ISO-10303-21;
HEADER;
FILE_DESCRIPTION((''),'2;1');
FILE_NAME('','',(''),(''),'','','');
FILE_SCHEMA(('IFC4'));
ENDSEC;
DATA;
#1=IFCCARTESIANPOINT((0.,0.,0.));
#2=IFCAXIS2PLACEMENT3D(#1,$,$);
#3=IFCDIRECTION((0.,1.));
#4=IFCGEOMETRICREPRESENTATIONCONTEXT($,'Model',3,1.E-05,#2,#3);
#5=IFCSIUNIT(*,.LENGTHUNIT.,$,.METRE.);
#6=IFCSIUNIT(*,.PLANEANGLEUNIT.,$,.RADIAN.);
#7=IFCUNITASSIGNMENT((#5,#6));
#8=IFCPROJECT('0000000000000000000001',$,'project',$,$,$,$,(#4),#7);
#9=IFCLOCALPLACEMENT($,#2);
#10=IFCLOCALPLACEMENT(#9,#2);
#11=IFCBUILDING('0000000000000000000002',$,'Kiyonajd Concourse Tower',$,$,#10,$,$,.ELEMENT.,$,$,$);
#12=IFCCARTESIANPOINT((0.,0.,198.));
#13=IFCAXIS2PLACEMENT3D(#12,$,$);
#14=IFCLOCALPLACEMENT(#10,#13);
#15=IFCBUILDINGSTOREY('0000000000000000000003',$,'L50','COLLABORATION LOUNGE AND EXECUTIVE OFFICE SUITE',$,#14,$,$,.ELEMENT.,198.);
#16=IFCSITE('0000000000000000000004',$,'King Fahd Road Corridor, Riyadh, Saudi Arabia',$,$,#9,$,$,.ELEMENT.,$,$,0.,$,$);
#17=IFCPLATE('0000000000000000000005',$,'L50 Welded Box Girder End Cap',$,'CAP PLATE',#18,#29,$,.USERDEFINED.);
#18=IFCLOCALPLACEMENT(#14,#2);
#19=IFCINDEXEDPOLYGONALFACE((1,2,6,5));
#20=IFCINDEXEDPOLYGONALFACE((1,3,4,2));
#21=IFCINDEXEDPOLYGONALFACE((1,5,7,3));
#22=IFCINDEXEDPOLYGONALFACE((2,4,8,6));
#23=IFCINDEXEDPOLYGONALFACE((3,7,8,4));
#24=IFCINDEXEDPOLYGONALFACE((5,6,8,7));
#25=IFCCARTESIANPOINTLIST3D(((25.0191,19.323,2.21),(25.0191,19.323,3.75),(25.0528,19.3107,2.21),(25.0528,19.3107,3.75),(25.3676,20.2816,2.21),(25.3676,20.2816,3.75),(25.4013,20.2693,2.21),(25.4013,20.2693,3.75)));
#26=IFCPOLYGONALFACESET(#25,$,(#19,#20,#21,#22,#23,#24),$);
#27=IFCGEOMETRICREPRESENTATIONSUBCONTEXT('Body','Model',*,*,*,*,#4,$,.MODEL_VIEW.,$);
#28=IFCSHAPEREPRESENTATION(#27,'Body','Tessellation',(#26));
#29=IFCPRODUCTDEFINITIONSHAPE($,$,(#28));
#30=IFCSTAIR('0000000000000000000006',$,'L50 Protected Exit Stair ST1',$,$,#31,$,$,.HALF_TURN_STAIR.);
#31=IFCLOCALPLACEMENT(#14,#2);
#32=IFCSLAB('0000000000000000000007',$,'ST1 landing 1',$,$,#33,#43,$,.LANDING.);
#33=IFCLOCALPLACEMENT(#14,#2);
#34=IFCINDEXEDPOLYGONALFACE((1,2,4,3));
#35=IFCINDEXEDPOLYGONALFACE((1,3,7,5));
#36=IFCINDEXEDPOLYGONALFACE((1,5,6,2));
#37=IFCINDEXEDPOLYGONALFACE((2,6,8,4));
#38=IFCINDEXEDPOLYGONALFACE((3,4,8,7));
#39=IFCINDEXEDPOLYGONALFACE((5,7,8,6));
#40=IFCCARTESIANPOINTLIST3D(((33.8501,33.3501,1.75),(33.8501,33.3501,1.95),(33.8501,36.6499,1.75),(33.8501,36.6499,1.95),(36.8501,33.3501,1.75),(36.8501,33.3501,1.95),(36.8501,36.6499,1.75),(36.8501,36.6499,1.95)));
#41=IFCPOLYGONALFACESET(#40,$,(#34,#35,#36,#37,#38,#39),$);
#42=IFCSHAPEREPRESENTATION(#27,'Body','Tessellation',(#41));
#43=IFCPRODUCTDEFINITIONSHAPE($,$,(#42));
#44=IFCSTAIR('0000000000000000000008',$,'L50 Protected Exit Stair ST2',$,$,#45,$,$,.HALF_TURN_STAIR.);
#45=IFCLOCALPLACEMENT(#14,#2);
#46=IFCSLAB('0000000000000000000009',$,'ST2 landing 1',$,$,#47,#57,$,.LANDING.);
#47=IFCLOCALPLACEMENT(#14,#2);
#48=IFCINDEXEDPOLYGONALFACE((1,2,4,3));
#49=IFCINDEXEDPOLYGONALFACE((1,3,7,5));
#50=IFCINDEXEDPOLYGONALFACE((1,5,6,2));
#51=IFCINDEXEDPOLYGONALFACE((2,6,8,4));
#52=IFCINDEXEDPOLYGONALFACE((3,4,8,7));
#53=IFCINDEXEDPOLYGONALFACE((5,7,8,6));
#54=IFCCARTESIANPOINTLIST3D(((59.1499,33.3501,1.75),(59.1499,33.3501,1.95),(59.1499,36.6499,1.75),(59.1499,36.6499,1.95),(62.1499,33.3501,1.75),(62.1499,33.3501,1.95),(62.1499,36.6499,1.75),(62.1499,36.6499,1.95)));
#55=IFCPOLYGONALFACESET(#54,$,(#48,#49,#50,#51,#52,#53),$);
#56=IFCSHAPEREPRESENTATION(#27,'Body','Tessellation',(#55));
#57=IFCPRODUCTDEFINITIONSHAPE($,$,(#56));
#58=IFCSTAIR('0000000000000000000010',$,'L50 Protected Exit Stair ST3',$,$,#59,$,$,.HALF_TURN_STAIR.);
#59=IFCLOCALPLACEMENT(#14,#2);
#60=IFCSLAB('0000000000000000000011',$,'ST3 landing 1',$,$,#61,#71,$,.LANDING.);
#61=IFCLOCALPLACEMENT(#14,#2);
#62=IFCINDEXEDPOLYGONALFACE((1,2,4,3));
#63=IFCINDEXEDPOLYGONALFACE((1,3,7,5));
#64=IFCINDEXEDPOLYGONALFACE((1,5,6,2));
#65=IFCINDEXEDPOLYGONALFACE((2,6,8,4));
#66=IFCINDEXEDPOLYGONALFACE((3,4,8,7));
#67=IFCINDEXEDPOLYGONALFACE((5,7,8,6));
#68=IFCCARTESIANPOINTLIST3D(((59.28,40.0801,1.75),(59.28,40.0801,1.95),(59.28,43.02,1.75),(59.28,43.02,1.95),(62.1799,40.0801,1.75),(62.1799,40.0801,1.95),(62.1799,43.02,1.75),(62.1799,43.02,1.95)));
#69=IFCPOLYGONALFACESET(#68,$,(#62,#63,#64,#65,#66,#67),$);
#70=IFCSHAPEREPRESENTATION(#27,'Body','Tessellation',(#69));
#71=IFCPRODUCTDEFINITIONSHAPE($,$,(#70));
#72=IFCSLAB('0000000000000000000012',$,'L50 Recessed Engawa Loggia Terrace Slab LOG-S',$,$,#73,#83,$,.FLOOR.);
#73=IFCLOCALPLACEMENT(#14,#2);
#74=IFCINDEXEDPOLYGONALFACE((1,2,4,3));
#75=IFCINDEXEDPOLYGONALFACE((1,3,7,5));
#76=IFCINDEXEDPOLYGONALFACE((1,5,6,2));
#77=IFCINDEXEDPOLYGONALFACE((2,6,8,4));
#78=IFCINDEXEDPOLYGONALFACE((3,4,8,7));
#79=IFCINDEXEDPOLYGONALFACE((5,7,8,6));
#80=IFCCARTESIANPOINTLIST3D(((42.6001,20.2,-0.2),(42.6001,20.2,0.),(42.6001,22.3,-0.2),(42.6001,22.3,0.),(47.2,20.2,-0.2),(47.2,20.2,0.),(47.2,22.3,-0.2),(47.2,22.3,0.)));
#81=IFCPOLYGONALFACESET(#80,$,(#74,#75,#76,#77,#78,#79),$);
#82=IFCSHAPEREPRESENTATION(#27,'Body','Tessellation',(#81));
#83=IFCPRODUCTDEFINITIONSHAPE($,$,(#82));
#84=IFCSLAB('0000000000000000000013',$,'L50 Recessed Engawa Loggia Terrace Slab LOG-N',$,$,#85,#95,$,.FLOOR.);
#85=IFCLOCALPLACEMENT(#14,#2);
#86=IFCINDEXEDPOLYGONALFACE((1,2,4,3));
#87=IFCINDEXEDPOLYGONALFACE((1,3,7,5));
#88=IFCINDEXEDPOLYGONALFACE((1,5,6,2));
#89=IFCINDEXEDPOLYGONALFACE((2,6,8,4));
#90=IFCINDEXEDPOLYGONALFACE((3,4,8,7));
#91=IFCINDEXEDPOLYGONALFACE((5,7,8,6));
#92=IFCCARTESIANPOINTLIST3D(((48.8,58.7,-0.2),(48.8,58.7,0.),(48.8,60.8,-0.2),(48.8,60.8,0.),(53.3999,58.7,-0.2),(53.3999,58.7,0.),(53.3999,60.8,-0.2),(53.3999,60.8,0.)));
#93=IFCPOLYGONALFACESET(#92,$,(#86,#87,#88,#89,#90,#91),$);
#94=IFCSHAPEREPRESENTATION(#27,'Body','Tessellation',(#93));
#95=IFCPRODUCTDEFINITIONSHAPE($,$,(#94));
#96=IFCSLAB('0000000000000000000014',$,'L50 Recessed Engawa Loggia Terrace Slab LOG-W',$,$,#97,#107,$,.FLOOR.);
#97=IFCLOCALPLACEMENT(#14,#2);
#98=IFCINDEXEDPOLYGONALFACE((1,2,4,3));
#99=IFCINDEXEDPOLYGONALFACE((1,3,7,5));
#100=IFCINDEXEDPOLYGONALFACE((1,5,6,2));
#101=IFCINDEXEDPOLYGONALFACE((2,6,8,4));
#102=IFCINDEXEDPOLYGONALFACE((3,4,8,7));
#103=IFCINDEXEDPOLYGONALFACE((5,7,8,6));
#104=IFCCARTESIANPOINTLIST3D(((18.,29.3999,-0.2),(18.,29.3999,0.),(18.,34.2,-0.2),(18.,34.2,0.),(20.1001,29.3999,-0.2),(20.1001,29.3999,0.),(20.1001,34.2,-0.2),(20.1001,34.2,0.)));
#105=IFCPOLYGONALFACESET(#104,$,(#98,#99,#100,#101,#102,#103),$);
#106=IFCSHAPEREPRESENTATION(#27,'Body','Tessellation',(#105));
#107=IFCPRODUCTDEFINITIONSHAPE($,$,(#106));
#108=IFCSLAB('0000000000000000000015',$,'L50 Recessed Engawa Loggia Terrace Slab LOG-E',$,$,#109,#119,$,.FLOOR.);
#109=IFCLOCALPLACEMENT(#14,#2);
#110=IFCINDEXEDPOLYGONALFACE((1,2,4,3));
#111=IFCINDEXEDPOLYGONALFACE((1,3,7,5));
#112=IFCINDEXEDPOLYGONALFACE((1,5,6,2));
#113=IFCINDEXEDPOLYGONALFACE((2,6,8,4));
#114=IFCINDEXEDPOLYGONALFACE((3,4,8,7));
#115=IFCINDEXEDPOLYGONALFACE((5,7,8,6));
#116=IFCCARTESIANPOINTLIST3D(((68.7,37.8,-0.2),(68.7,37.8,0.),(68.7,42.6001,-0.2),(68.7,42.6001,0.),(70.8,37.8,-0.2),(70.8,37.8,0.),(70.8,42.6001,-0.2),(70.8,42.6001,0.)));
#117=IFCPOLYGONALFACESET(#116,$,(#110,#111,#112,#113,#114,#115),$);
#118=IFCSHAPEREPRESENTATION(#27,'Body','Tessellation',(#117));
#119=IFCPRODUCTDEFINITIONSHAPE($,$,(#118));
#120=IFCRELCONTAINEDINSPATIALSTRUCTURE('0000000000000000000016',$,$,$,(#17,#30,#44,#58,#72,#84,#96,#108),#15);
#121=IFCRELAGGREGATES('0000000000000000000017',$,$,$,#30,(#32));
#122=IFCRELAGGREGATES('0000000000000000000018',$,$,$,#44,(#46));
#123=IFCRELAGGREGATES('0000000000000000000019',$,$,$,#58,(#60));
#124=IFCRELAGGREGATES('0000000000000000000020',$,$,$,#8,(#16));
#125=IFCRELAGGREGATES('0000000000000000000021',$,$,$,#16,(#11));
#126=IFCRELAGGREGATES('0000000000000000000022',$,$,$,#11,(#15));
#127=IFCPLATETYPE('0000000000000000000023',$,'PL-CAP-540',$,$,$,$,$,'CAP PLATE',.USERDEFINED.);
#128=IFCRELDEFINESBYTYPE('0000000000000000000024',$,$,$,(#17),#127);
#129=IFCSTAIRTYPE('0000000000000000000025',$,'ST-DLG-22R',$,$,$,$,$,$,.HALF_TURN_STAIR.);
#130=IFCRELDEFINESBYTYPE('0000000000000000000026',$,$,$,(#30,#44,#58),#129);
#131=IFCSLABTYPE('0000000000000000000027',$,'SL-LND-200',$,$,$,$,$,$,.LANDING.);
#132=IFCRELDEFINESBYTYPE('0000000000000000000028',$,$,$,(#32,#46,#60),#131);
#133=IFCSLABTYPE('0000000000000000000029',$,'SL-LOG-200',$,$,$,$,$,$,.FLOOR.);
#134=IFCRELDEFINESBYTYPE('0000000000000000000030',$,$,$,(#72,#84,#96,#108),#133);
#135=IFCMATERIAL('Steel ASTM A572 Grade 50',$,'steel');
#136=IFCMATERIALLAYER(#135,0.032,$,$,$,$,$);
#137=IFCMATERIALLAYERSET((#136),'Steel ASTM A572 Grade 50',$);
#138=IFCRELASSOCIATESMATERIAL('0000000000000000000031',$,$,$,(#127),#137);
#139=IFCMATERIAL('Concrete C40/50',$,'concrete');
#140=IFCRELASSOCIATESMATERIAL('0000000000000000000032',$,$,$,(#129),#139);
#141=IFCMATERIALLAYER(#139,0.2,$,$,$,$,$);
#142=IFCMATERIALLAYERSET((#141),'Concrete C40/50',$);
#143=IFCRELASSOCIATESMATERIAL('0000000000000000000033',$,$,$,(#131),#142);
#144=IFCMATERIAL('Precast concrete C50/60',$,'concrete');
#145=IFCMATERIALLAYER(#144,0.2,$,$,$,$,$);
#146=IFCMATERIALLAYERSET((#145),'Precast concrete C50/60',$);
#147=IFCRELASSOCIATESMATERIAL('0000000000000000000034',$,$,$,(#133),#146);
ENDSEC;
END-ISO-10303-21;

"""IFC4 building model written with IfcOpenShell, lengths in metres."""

from ifc_helpers import new_model, si_unit, direction, frame, origin, origin_2d, place, context, subcontext, project, spatial, polyline, rectangle, outline, extrude, material, layer, layer_set, type_object, element, aggregate, save


model = new_model("IFC4")

# Units and contexts
model_context = context("Model", 3, precision=1e-05, world=origin(), true_north=direction((0.0, 1.0)))
body_context = subcontext(model_context, "Body", "Model", "MODEL_VIEW")
ifc_project = project(units=[si_unit("LENGTHUNIT", "METRE"), si_unit("PLANEANGLEUNIT", "RADIAN")], contexts=[model_context])

# Site, building, storey
site_placement = place(None, origin())
site = spatial("IfcSite", under=ifc_project, at=site_placement, Name="King Fahd Road Corridor, Riyadh, Saudi Arabia", CompositionType="ELEMENT", RefElevation=0.0)
building_placement = place(site_placement, origin())
building = spatial("IfcBuilding", under=site, at=building_placement, Name="Kiyonajd Concourse Tower", CompositionType="ELEMENT")
storey_placement = place(building_placement, frame((0.0, 0.0, 198.0)))
storey = spatial("IfcBuildingStorey", under=building, at=storey_placement, Name="L50", Description="COLLABORATION LOUNGE AND EXECUTIVE OFFICE SUITE", CompositionType="ELEMENT", Elevation=198.0)

# Shared definitions
ifc_material_1 = material(Name="Steel ASTM A572 Grade 50", Category="steel")

# Plate
ifc_layer_1 = layer(ifc_material_1, 0.032)
ifc_layer_set_1 = layer_set([ifc_layer_1], Name="Steel ASTM A572 Grade 50")
plate_type_1 = type_object("IfcPlateType", Name="PL-CAP-540", ElementType="CAP PLATE", PredefinedType="USERDEFINED", material=ifc_layer_set_1)
for number, where, z_axis, x_axis, name in (
    (1, (25.2102, 19.7961, 2.21), (0.0, 0.0, 1.0), (0.939812, -0.341692, 0.0), "L50 Welded Box Girder End Cap"),
):
    element("IfcPlate", number, at=place(storey_placement, frame(where, z_axis=z_axis, x_axis=x_axis)), inside=storey, type_object=plate_type_1, Name=name, ObjectType="CAP PLATE", PredefinedType="USERDEFINED", context=body_context, shape_type="SweptSolid", body=[
        extrude(rectangle(XDim=0.0359, YDim=1.02, at=origin_2d()), origin(), (0.0, 0.0, 1.0), 1.54),
    ])

# Stairs, slabs
ifc_material_2 = material(Name="Concrete C40/50", Category="concrete")
stair_type = type_object("IfcStairType", Name="ST-DLG-22R", PredefinedType="HALF_TURN_STAIR", material=ifc_material_2)
stair_1_placement = place(storey_placement, origin())
stair_1 = element("IfcStair", 2, at=stair_1_placement, inside=storey, type_object=stair_type, Name="L50 Protected Exit Stair ST1", PredefinedType="HALF_TURN_STAIR")
ifc_layer_2 = layer(ifc_material_2, 0.2)
ifc_layer_set_2 = layer_set([ifc_layer_2], Name="Concrete C40/50")
slab_type_1 = type_object("IfcSlabType", Name="SL-LND-200", PredefinedType="LANDING", material=ifc_layer_set_2)
slab_1_placement = place(storey_placement, frame((0.0, 0.0, 1.75)))
slab_1 = element("IfcSlab", 3, at=slab_1_placement, type_object=slab_type_1, Name="ST1 landing 1", PredefinedType="LANDING", context=body_context, shape_type="SweptSolid", body=[
    extrude(outline(polyline([(36.8501, 33.3501), (36.8501, 36.6499), (33.8501, 36.6499), (33.8501, 33.3501), (36.8501, 33.3501)])), origin(), (0.0, 0.0, 1.0), 0.2),
])
aggregate(stair_1, [slab_1])
stair_2_placement = place(storey_placement, origin())
stair_2 = element("IfcStair", 4, at=stair_2_placement, inside=storey, type_object=stair_type, Name="L50 Protected Exit Stair ST2", PredefinedType="HALF_TURN_STAIR")
slab_2_placement = place(storey_placement, frame((0.0, 0.0, 1.75)))
slab_2 = element("IfcSlab", 5, at=slab_2_placement, type_object=slab_type_1, Name="ST2 landing 1", PredefinedType="LANDING", context=body_context, shape_type="SweptSolid", body=[
    extrude(outline(polyline([(62.1499, 33.3501), (62.1499, 36.6499), (59.1499, 36.6499), (59.1499, 33.3501), (62.1499, 33.3501)])), origin(), (0.0, 0.0, 1.0), 0.2),
])
aggregate(stair_2, [slab_2])
stair_3_placement = place(storey_placement, origin())
stair_3 = element("IfcStair", 6, at=stair_3_placement, inside=storey, type_object=stair_type, Name="L50 Protected Exit Stair ST3", PredefinedType="HALF_TURN_STAIR")
slab_3_placement = place(storey_placement, frame((0.0, 0.0, 1.75)))
slab_3 = element("IfcSlab", 7, at=slab_3_placement, type_object=slab_type_1, Name="ST3 landing 1", PredefinedType="LANDING", context=body_context, shape_type="SweptSolid", body=[
    extrude(outline(polyline([(59.28, 40.0801), (62.1799, 40.0801), (62.1799, 43.02), (59.28, 43.02), (59.28, 40.0801)])), origin(), (0.0, 0.0, 1.0), 0.2),
])
aggregate(stair_3, [slab_3])

# Slabs
ifc_material_3 = material(Name="Precast concrete C50/60", Category="concrete")
ifc_layer_3 = layer(ifc_material_3, 0.2)
ifc_layer_set_3 = layer_set([ifc_layer_3], Name="Precast concrete C50/60")
slab_type_2 = type_object("IfcSlabType", Name="SL-LOG-200", PredefinedType="FLOOR", material=ifc_layer_set_3)
slab_4_placement = place(storey_placement, frame((0.0, 0.0, -0.2)))
element("IfcSlab", 8, at=slab_4_placement, inside=storey, type_object=slab_type_2, Name="L50 Recessed Engawa Loggia Terrace Slab LOG-S", PredefinedType="FLOOR", context=body_context, shape_type="SweptSolid", body=[
    extrude(outline(polyline([(42.6001, 20.2), (47.2, 20.2), (47.2, 22.3), (42.6001, 22.3), (42.6001, 20.2)])), origin(), (0.0, 0.0, 1.0), 0.2),
])
slab_5_placement = place(storey_placement, frame((0.0, 0.0, -0.2)))
element("IfcSlab", 9, at=slab_5_placement, inside=storey, type_object=slab_type_2, Name="L50 Recessed Engawa Loggia Terrace Slab LOG-N", PredefinedType="FLOOR", context=body_context, shape_type="SweptSolid", body=[
    extrude(outline(polyline([(48.8, 58.7), (53.3999, 58.7), (53.3999, 60.8), (48.8, 60.8), (48.8, 58.7)])), origin(), (0.0, 0.0, 1.0), 0.2),
])
slab_6_placement = place(storey_placement, frame((0.0, 0.0, -0.2)))
element("IfcSlab", 10, at=slab_6_placement, inside=storey, type_object=slab_type_2, Name="L50 Recessed Engawa Loggia Terrace Slab LOG-W", PredefinedType="FLOOR", context=body_context, shape_type="SweptSolid", body=[
    extrude(outline(polyline([(18.0, 29.3999), (20.1001, 29.3999), (20.1001, 34.2), (18.0, 34.2), (18.0, 29.3999)])), origin(), (0.0, 0.0, 1.0), 0.2),
])
slab_7_placement = place(storey_placement, frame((0.0, 0.0, -0.2)))
element("IfcSlab", 11, at=slab_7_placement, inside=storey, type_object=slab_type_2, Name="L50 Recessed Engawa Loggia Terrace Slab LOG-E", PredefinedType="FLOOR", context=body_context, shape_type="SweptSolid", body=[
    extrude(outline(polyline([(68.7, 37.8), (70.8, 37.8), (70.8, 42.6001), (68.7, 42.6001), (68.7, 37.8)])), origin(), (0.0, 0.0, 1.0), 0.2),
])

save(model, "model.ifc")
